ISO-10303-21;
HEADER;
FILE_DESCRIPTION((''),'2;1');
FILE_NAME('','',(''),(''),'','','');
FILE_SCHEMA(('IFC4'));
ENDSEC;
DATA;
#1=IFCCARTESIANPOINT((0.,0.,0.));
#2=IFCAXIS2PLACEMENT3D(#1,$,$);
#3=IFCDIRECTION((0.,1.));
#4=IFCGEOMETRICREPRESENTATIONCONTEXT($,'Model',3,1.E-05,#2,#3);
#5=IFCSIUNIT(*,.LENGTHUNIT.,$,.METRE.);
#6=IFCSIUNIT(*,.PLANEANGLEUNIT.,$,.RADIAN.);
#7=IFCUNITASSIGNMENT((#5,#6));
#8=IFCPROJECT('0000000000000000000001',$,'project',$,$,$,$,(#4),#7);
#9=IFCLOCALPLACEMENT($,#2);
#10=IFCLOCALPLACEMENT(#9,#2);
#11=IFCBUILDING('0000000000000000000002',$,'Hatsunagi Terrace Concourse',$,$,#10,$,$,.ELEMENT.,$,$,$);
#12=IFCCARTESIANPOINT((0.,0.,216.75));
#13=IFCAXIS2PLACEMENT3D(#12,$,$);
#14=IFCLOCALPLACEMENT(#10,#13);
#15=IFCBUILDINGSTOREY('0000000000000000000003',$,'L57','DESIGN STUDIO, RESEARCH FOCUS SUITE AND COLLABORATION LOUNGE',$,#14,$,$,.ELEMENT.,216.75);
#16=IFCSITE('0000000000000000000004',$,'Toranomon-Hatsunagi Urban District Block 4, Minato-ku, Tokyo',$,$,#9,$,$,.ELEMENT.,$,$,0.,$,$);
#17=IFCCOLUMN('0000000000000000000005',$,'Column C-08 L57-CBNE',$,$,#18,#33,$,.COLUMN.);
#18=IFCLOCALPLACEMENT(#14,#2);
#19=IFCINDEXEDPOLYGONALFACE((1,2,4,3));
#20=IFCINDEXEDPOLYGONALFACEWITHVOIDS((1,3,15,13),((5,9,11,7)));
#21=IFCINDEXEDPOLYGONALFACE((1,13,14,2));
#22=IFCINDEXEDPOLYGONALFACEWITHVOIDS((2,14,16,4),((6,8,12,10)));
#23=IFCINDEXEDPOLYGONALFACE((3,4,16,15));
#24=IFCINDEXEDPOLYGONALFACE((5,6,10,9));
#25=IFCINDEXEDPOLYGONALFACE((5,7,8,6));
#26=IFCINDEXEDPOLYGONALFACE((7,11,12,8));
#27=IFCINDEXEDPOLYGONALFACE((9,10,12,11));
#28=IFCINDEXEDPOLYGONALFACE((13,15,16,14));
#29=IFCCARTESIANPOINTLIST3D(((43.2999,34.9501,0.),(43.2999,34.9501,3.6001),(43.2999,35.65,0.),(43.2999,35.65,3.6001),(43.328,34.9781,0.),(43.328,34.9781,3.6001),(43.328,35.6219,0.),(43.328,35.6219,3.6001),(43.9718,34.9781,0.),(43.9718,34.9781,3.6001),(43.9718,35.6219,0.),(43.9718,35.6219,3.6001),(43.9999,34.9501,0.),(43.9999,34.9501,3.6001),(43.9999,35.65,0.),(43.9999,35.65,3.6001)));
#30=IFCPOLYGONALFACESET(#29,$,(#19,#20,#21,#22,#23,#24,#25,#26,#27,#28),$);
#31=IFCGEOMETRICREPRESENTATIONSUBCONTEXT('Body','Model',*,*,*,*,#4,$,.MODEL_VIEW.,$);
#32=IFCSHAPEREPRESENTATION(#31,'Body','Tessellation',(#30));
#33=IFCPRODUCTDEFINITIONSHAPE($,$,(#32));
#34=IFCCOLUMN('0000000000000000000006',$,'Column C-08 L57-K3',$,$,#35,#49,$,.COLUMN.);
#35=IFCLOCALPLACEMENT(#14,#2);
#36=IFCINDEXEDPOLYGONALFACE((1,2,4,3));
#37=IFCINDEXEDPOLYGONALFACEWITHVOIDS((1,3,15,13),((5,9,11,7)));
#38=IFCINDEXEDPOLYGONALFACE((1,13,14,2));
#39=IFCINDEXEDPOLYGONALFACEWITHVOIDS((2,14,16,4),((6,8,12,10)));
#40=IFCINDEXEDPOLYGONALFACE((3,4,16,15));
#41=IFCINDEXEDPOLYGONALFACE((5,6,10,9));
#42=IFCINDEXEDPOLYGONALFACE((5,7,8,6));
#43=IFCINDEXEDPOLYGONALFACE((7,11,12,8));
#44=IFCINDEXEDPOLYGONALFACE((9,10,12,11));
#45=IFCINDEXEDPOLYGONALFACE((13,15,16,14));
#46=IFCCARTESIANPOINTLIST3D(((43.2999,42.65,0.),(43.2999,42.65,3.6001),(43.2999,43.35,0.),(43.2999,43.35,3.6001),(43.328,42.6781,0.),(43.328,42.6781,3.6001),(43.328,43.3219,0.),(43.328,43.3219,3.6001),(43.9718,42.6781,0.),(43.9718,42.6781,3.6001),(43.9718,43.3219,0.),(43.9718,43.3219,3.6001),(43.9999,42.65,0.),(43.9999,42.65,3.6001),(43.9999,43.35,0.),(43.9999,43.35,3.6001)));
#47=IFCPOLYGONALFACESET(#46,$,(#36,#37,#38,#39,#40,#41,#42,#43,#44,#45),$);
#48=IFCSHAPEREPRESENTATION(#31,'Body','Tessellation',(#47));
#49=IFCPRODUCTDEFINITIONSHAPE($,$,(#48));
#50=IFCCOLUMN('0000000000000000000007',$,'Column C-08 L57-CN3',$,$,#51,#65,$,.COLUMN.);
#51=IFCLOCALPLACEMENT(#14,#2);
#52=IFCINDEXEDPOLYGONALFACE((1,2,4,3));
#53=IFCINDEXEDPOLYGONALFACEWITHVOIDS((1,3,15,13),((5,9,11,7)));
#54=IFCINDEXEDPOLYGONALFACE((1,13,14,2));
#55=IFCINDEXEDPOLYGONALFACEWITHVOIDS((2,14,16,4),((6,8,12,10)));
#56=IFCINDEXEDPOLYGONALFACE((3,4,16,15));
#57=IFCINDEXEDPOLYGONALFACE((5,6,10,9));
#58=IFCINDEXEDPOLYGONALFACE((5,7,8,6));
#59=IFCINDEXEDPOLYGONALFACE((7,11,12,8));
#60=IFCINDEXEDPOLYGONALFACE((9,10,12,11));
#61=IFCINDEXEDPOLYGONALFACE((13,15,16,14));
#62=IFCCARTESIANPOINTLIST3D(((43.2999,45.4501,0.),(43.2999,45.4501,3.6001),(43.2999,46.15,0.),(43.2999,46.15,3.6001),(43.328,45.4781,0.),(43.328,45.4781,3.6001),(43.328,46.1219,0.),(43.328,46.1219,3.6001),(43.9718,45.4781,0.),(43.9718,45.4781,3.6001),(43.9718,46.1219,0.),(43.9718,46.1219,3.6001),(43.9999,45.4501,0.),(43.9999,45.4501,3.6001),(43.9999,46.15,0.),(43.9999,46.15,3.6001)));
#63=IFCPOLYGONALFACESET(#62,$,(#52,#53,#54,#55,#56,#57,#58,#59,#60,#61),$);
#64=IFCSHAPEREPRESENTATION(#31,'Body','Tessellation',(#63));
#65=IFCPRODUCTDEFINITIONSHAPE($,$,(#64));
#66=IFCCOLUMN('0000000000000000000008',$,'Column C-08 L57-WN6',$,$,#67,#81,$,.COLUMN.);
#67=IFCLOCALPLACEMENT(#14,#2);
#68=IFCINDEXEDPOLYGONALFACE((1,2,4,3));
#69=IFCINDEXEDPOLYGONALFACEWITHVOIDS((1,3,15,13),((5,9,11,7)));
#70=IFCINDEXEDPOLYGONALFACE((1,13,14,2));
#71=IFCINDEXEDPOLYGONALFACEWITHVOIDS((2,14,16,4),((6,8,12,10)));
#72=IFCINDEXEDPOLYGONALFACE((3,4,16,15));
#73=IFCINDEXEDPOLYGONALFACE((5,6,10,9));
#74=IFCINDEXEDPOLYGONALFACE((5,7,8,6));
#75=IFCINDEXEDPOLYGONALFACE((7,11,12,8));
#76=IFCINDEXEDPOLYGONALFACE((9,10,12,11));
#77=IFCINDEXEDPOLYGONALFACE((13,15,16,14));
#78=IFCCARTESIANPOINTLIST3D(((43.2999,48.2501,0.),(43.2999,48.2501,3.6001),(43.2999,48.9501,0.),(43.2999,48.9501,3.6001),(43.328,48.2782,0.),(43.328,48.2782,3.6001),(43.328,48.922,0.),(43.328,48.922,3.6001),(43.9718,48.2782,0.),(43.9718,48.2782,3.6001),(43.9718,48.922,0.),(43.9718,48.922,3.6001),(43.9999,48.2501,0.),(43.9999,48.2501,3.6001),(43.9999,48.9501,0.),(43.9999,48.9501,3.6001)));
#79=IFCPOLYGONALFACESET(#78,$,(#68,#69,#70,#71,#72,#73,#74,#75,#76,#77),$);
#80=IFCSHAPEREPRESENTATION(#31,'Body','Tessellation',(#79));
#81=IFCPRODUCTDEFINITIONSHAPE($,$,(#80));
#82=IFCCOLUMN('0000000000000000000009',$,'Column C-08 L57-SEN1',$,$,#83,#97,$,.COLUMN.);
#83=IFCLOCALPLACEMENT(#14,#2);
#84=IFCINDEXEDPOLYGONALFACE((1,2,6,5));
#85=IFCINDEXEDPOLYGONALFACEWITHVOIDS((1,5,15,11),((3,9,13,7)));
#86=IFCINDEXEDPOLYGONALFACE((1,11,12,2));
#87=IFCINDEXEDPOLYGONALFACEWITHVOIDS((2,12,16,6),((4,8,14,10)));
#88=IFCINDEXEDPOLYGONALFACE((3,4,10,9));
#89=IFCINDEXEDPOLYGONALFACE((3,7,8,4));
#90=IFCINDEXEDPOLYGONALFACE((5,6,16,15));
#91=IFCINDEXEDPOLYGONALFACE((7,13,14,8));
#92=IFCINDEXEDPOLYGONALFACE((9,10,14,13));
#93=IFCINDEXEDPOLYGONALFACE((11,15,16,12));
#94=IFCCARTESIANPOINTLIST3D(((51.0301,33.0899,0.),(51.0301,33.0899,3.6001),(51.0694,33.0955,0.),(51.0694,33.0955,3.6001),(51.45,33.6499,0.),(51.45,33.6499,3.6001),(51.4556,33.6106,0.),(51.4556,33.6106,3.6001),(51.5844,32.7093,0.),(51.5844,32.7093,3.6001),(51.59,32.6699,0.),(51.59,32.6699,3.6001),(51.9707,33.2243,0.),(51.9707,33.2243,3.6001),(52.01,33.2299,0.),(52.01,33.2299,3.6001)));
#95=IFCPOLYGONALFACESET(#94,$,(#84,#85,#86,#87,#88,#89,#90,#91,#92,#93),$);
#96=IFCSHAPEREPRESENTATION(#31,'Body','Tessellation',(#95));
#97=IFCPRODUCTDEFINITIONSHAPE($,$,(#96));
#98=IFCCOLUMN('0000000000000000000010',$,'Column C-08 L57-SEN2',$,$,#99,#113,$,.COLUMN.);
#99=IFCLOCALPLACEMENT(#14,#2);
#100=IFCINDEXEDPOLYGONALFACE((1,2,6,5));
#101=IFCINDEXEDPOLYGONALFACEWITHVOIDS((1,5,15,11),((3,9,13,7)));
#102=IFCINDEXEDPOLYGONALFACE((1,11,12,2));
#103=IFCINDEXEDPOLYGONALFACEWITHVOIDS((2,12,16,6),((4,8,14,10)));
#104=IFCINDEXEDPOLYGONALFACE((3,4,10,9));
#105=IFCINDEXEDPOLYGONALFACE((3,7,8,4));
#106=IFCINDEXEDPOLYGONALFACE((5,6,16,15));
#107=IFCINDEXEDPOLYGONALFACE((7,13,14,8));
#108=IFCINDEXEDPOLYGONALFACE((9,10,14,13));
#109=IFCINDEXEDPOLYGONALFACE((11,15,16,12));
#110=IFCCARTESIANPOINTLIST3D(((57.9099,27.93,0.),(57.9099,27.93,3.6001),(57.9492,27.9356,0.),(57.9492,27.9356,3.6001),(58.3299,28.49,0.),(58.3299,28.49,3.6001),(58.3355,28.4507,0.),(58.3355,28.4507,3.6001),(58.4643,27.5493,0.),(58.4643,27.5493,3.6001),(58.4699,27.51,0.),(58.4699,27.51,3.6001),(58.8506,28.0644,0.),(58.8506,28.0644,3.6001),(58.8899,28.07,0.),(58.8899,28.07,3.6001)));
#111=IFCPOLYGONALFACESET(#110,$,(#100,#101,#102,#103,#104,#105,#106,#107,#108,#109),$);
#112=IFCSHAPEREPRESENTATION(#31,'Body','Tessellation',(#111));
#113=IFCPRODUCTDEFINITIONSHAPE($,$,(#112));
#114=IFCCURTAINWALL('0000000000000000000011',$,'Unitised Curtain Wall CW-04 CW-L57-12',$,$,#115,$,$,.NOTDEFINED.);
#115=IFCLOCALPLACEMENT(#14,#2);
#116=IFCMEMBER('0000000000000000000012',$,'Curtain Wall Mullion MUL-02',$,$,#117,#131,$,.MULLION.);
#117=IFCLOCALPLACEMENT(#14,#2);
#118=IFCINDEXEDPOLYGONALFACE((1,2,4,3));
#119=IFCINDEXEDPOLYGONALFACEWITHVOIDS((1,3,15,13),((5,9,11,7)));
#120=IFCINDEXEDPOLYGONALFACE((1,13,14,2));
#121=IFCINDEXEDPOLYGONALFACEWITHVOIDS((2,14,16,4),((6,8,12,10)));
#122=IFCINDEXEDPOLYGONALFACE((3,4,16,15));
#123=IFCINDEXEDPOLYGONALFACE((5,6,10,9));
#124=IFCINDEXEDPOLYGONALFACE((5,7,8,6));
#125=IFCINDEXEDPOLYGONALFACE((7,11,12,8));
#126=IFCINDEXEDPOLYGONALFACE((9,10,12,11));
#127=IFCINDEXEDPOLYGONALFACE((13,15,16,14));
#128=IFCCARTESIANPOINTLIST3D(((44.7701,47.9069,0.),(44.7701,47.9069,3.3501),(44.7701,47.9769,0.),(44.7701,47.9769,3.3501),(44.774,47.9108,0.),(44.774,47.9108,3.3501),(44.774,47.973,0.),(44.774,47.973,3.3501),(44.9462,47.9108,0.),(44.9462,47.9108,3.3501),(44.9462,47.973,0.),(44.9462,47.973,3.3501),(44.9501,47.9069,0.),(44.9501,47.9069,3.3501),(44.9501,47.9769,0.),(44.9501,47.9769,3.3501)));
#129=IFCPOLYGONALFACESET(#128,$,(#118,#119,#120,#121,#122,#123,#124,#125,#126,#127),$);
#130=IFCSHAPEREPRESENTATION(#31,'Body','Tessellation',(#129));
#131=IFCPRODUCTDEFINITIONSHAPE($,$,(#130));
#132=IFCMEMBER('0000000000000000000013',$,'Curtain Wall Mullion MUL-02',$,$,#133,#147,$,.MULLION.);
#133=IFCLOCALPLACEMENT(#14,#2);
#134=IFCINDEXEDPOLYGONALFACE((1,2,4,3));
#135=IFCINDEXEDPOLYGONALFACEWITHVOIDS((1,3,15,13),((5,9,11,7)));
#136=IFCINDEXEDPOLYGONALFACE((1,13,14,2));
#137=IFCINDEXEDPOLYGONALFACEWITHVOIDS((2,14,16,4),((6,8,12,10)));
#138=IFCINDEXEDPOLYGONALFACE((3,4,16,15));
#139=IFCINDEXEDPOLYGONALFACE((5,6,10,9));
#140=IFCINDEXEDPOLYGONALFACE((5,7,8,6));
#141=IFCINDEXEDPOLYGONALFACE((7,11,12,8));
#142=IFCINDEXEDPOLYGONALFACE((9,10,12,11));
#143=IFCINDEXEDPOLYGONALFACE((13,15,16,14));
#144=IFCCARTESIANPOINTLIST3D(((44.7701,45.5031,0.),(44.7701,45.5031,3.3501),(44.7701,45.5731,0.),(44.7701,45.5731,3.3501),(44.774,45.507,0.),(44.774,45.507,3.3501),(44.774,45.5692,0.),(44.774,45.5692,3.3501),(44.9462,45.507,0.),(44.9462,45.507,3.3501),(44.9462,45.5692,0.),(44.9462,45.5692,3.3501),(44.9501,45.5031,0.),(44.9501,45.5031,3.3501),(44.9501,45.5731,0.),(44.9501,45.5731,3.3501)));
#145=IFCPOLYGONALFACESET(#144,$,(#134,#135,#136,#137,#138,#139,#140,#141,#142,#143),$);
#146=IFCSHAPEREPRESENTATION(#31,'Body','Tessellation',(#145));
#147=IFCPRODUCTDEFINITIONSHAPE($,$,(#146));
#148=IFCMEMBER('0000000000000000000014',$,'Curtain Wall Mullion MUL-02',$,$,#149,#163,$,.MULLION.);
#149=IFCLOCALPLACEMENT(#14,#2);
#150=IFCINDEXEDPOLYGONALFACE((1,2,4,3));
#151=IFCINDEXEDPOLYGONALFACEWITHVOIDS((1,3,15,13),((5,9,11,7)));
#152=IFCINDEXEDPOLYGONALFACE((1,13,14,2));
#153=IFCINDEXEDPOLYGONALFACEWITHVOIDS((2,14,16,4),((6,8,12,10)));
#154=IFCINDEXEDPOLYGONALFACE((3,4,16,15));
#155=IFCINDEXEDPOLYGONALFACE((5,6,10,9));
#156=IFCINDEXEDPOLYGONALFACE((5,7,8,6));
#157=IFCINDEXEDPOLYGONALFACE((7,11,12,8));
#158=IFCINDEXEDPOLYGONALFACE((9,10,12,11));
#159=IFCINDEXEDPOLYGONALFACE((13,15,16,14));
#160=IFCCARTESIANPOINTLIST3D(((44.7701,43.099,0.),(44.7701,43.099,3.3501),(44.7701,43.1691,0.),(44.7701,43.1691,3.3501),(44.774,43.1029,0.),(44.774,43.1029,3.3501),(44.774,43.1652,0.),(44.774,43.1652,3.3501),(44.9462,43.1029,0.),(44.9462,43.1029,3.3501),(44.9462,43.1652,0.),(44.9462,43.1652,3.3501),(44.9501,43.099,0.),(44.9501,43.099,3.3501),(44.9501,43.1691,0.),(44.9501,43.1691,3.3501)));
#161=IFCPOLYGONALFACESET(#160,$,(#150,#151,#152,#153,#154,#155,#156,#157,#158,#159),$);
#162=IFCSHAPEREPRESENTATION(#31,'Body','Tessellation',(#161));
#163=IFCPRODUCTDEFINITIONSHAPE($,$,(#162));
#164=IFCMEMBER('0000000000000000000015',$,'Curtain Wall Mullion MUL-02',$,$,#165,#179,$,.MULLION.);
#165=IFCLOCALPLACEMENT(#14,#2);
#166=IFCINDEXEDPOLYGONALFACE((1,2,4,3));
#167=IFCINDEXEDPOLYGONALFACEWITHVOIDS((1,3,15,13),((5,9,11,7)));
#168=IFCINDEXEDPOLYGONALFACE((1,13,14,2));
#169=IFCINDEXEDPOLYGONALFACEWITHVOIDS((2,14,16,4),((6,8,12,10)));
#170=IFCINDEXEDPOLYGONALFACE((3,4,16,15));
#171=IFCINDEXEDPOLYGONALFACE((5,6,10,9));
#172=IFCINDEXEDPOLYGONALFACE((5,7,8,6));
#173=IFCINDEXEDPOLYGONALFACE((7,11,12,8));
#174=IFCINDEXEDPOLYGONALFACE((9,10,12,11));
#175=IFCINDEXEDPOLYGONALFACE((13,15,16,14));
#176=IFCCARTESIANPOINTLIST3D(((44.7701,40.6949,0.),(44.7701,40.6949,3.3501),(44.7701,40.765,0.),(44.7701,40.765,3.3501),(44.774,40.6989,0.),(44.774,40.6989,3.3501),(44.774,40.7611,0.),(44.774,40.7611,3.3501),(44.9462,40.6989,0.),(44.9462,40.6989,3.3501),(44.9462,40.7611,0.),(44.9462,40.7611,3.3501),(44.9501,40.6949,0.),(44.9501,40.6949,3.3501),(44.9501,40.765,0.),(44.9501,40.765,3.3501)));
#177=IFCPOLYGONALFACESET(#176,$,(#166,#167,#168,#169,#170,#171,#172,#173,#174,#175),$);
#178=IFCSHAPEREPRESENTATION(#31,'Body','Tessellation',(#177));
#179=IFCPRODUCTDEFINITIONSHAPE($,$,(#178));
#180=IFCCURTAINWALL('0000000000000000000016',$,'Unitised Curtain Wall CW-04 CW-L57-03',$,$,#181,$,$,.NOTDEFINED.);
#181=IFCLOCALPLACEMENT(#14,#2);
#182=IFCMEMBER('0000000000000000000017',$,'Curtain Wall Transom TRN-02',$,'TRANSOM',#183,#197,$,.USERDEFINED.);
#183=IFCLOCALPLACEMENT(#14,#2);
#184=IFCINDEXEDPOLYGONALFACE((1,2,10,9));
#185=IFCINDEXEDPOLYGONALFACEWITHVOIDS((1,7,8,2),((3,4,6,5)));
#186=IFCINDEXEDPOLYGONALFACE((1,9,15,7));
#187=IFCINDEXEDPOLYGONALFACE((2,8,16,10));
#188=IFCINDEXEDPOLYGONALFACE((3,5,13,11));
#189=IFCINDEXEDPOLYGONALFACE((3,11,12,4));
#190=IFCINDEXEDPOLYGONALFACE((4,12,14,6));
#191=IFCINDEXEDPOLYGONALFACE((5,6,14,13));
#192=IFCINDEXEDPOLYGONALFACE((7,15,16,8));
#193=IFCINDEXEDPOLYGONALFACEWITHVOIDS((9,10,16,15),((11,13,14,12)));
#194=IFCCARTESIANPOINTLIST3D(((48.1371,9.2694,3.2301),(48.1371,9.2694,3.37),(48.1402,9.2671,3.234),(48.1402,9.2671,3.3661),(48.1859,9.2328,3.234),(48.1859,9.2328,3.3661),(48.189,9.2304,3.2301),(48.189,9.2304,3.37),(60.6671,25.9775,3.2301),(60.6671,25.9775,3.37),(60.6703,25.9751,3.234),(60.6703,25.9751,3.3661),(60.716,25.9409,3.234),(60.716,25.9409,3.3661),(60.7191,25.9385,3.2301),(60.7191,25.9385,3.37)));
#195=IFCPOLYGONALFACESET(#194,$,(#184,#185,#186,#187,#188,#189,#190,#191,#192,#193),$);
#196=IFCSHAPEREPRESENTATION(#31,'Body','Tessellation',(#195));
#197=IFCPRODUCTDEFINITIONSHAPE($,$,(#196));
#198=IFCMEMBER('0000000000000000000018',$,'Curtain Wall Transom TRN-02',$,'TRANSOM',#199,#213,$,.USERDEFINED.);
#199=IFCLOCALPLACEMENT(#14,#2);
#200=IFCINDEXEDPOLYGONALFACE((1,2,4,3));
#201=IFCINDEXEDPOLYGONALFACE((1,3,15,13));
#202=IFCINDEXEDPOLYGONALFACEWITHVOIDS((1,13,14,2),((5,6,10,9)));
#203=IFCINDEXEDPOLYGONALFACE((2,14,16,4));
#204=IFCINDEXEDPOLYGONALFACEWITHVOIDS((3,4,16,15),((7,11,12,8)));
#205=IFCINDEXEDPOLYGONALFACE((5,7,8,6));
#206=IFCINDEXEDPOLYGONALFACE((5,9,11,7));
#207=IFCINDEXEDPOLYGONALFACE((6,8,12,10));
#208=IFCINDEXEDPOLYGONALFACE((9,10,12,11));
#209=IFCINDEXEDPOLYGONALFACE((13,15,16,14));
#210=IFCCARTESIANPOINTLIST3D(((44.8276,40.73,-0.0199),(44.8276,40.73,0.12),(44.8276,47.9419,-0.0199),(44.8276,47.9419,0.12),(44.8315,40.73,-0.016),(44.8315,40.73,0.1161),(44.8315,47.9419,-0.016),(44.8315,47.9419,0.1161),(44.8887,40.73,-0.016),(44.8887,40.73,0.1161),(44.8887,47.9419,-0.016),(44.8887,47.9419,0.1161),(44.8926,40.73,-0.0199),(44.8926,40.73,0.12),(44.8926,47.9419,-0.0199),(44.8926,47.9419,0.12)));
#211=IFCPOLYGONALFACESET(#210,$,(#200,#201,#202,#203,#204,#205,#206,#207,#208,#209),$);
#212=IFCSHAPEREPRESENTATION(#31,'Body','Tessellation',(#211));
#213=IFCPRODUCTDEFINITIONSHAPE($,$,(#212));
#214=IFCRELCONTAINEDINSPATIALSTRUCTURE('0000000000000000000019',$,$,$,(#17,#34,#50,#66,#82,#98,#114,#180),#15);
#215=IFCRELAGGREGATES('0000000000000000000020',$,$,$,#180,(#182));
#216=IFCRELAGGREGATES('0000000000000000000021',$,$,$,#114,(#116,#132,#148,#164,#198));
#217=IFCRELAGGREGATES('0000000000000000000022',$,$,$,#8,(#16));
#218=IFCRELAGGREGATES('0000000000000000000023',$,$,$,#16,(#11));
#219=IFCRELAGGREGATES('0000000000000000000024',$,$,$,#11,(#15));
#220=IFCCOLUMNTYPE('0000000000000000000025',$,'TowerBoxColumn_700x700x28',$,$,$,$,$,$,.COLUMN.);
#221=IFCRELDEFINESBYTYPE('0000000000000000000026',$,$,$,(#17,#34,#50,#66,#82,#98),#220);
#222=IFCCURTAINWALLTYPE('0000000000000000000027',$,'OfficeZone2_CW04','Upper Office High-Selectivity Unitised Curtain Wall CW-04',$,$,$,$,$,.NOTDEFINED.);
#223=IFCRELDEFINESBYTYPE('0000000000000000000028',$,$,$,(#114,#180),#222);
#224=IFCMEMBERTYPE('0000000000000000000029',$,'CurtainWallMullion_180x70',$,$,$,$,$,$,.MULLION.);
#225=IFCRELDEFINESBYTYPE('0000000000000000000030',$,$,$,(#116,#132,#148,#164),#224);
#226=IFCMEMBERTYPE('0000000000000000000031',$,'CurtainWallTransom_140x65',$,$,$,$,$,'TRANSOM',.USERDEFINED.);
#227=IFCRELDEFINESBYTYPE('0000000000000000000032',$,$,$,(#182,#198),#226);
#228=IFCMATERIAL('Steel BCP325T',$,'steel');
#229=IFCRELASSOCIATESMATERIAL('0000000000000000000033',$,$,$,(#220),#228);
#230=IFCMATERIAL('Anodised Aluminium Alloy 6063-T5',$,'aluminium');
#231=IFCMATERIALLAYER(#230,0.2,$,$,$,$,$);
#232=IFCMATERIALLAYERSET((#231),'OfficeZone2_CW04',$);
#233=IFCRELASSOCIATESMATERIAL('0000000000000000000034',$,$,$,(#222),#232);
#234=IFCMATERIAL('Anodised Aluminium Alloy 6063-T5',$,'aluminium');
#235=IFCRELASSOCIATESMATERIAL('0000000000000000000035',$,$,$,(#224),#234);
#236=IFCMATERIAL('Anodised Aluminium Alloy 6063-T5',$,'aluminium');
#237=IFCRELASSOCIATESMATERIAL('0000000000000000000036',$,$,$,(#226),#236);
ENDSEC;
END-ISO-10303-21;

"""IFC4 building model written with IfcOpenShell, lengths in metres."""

from ifc_helpers import new_model, si_unit, direction, frame, origin, origin_2d, place, context, subcontext, project, spatial, hollow_rectangle, extrude, material, layer, layer_set, material_profile, profile_set, type_object, element, aggregate, save


model = new_model("IFC4")

# Units and contexts
model_context = context("Model", 3, precision=1e-05, world=origin(), true_north=direction((0.0, 1.0)))
body_context = subcontext(model_context, "Body", "Model", "MODEL_VIEW")
ifc_project = project(units=[si_unit("LENGTHUNIT", "METRE"), si_unit("PLANEANGLEUNIT", "RADIAN")], contexts=[model_context])

# Site, building, storey
site_placement = place(None, origin())
site = spatial("IfcSite", under=ifc_project, at=site_placement, Name="Toranomon-Hatsunagi Urban District Block 4, Minato-ku, Tokyo", CompositionType="ELEMENT", RefElevation=0.0)
building_placement = place(site_placement, origin())
building = spatial("IfcBuilding", under=site, at=building_placement, Name="Hatsunagi Terrace Concourse", CompositionType="ELEMENT")
storey_placement = place(building_placement, frame((0.0, 0.0, 216.75)))
storey = spatial("IfcBuildingStorey", under=building, at=storey_placement, Name="L57", Description="DESIGN STUDIO, RESEARCH FOCUS SUITE AND COLLABORATION LOUNGE", CompositionType="ELEMENT", Elevation=216.75)

# Columns
ifc_material_1 = material(Name="Steel BCP325T", Category="steel")
ifc_material_profile_1 = material_profile(ifc_material_1, hollow_rectangle(XDim=0.7, YDim=0.7, WallThickness=0.0281, at=origin_2d()), Name="BCP-700x700x28")
ifc_profile_set_1 = profile_set([ifc_material_profile_1], Name="Steel BCP325T")
column_type = type_object("IfcColumnType", Name="TowerBoxColumn_700x700x28", PredefinedType="COLUMN", material=ifc_profile_set_1)
for number, where, z_axis, x_axis, name in (
    (1, (43.6499, 35.3, 0.0), (0.0, 0.0, 1.0), (1.0, 0.0, 0.0), "Column C-08 L57-CBNE"),
    (2, (43.6499, 43.0, 0.0), (0.0, 0.0, 1.0), (1.0, 0.0, 0.0), "Column C-08 L57-K3"),
    (3, (43.6499, 45.8, 0.0), (0.0, 0.0, 1.0), (1.0, 0.0, 0.0), "Column C-08 L57-CN3"),
    (4, (43.6499, 48.6001, 0.0), (0.0, 0.0, 1.0), (1.0, 0.0, 0.0), "Column C-08 L57-WN6"),
    (5, (51.52, 33.1599, 0.0), (0.0, 0.0, 1.0), (0.8, -0.6, 0.0), "Column C-08 L57-SEN1"),
    (6, (58.3999, 28.0, 0.0), (0.0, 0.0, 1.0), (0.8, -0.6, 0.0), "Column C-08 L57-SEN2"),
):
    element("IfcColumn", number, at=place(storey_placement, frame(where, z_axis=z_axis, x_axis=x_axis)), inside=storey, type_object=column_type, Name=name, PredefinedType="COLUMN", context=body_context, shape_type="SweptSolid", body=[
        extrude(hollow_rectangle(XDim=0.7, YDim=0.7, WallThickness=0.0281, at=origin_2d()), origin(), (0.0, 0.0, 1.0), 3.6001),
    ])

# Curtain wall, members
ifc_material_2 = material(Name="Anodised Aluminium Alloy 6063-T5", Category="aluminium")
ifc_layer_1 = layer(ifc_material_2, 0.2)
ifc_layer_set_1 = layer_set([ifc_layer_1], Name="OfficeZone2_CW04")
curtain_wall_type = type_object("IfcCurtainWallType", Name="OfficeZone2_CW04", Description="Upper Office High-Selectivity Unitised Curtain Wall CW-04", PredefinedType="NOTDEFINED", material=ifc_layer_set_1)
curtain_wall_1_placement = place(storey_placement, origin())
curtain_wall_1 = element("IfcCurtainWall", 7, at=curtain_wall_1_placement, inside=storey, type_object=curtain_wall_type, Name="Unitised Curtain Wall CW-04 CW-L57-12", PredefinedType="NOTDEFINED")
ifc_material_3 = material(Name="Anodised Aluminium Alloy 6063-T5", Category="aluminium")
ifc_material_profile_2 = material_profile(ifc_material_3, hollow_rectangle(XDim=0.0701, YDim=0.1799, WallThickness=0.0039, at=origin_2d()), Name="ALU-MUL-180x70x4")
ifc_profile_set_2 = profile_set([ifc_material_profile_2], Name="Anodised Aluminium Alloy 6063-T5")
member_type_1 = type_object("IfcMemberType", Name="CurtainWallMullion_180x70", PredefinedType="MULLION", material=ifc_profile_set_2)
member_1_placement = place(storey_placement, frame((44.8601, 47.9419, 0.0), z_axis=(0.0, 0.0, 1.0), x_axis=(0.0, -1.0, 0.0)))
member_1 = element("IfcMember", 8, at=member_1_placement, type_object=member_type_1, Name="Curtain Wall Mullion MUL-02", PredefinedType="MULLION", context=body_context, shape_type="SweptSolid", body=[
    extrude(hollow_rectangle(XDim=0.0701, YDim=0.1799, WallThickness=0.0039, at=origin_2d()), origin(), (0.0, 0.0, 1.0), 3.3501),
])
member_2_placement = place(storey_placement, frame((44.8601, 45.5381, 0.0), z_axis=(0.0, 0.0, 1.0), x_axis=(0.0, -1.0, 0.0)))
member_2 = element("IfcMember", 9, at=member_2_placement, type_object=member_type_1, Name="Curtain Wall Mullion MUL-02", PredefinedType="MULLION", context=body_context, shape_type="SweptSolid", body=[
    extrude(hollow_rectangle(XDim=0.0701, YDim=0.1799, WallThickness=0.0039, at=origin_2d()), origin(), (0.0, 0.0, 1.0), 3.3501),
])
member_3_placement = place(storey_placement, frame((44.8601, 43.134, 0.0), z_axis=(0.0, 0.0, 1.0), x_axis=(0.0, -1.0, 0.0)))
member_3 = element("IfcMember", 10, at=member_3_placement, type_object=member_type_1, Name="Curtain Wall Mullion MUL-02", PredefinedType="MULLION", context=body_context, shape_type="SweptSolid", body=[
    extrude(hollow_rectangle(XDim=0.0701, YDim=0.1799, WallThickness=0.0039, at=origin_2d()), origin(), (0.0, 0.0, 1.0), 3.3501),
])
member_4_placement = place(storey_placement, frame((44.8601, 40.73, 0.0), z_axis=(0.0, 0.0, 1.0), x_axis=(0.0, -1.0, 0.0)))
member_4 = element("IfcMember", 11, at=member_4_placement, type_object=member_type_1, Name="Curtain Wall Mullion MUL-02", PredefinedType="MULLION", context=body_context, shape_type="SweptSolid", body=[
    extrude(hollow_rectangle(XDim=0.0701, YDim=0.1799, WallThickness=0.0039, at=origin_2d()), origin(), (0.0, 0.0, 1.0), 3.3501),
])

# Curtain wall, member
curtain_wall_2_placement = place(storey_placement, origin())
curtain_wall_2 = element("IfcCurtainWall", 12, at=curtain_wall_2_placement, inside=storey, type_object=curtain_wall_type, Name="Unitised Curtain Wall CW-04 CW-L57-03", PredefinedType="NOTDEFINED")
ifc_material_4 = material(Name="Anodised Aluminium Alloy 6063-T5", Category="aluminium")
ifc_material_profile_3 = material_profile(ifc_material_4, hollow_rectangle(XDim=0.0649, YDim=0.1399, WallThickness=0.0039, at=origin_2d()), Name="ALU-TRN-140x65x4")
ifc_profile_set_3 = profile_set([ifc_material_profile_3], Name="Anodised Aluminium Alloy 6063-T5")
member_type_2 = type_object("IfcMemberType", Name="CurtainWallTransom_140x65", ElementType="TRANSOM", PredefinedType="USERDEFINED", material=ifc_profile_set_3)
member_5_placement = place(storey_placement, frame((60.6931, 25.958, 3.3), z_axis=(-0.59997, -0.800022, 0.0), x_axis=(0.800022, -0.59997, 0.0)))
member_5 = element("IfcMember", 13, at=member_5_placement, type_object=member_type_2, Name="Curtain Wall Transom TRN-02", ObjectType="TRANSOM", PredefinedType="USERDEFINED", context=body_context, shape_type="SweptSolid", body=[
    extrude(hollow_rectangle(XDim=0.0649, YDim=0.1399, WallThickness=0.0039, at=origin_2d()), origin(), (0.0, 0.0, 1.0), 20.8845),
])
aggregate(curtain_wall_2, [member_5])

# Member
member_6_placement = place(storey_placement, frame((44.8601, 47.9419, 0.05), z_axis=(0.0, -1.0, 0.0), x_axis=(1.0, 0.0, 0.0)))
member_6 = element("IfcMember", 14, at=member_6_placement, type_object=member_type_2, Name="Curtain Wall Transom TRN-02", ObjectType="TRANSOM", PredefinedType="USERDEFINED", context=body_context, shape_type="SweptSolid", body=[
    extrude(hollow_rectangle(XDim=0.0649, YDim=0.1399, WallThickness=0.0039, at=origin_2d()), origin(), (0.0, 0.0, 1.0), 7.2119),
])

aggregate(curtain_wall_1, [member_1, member_2, member_3, member_4, member_6])

save(model, "model.ifc")
